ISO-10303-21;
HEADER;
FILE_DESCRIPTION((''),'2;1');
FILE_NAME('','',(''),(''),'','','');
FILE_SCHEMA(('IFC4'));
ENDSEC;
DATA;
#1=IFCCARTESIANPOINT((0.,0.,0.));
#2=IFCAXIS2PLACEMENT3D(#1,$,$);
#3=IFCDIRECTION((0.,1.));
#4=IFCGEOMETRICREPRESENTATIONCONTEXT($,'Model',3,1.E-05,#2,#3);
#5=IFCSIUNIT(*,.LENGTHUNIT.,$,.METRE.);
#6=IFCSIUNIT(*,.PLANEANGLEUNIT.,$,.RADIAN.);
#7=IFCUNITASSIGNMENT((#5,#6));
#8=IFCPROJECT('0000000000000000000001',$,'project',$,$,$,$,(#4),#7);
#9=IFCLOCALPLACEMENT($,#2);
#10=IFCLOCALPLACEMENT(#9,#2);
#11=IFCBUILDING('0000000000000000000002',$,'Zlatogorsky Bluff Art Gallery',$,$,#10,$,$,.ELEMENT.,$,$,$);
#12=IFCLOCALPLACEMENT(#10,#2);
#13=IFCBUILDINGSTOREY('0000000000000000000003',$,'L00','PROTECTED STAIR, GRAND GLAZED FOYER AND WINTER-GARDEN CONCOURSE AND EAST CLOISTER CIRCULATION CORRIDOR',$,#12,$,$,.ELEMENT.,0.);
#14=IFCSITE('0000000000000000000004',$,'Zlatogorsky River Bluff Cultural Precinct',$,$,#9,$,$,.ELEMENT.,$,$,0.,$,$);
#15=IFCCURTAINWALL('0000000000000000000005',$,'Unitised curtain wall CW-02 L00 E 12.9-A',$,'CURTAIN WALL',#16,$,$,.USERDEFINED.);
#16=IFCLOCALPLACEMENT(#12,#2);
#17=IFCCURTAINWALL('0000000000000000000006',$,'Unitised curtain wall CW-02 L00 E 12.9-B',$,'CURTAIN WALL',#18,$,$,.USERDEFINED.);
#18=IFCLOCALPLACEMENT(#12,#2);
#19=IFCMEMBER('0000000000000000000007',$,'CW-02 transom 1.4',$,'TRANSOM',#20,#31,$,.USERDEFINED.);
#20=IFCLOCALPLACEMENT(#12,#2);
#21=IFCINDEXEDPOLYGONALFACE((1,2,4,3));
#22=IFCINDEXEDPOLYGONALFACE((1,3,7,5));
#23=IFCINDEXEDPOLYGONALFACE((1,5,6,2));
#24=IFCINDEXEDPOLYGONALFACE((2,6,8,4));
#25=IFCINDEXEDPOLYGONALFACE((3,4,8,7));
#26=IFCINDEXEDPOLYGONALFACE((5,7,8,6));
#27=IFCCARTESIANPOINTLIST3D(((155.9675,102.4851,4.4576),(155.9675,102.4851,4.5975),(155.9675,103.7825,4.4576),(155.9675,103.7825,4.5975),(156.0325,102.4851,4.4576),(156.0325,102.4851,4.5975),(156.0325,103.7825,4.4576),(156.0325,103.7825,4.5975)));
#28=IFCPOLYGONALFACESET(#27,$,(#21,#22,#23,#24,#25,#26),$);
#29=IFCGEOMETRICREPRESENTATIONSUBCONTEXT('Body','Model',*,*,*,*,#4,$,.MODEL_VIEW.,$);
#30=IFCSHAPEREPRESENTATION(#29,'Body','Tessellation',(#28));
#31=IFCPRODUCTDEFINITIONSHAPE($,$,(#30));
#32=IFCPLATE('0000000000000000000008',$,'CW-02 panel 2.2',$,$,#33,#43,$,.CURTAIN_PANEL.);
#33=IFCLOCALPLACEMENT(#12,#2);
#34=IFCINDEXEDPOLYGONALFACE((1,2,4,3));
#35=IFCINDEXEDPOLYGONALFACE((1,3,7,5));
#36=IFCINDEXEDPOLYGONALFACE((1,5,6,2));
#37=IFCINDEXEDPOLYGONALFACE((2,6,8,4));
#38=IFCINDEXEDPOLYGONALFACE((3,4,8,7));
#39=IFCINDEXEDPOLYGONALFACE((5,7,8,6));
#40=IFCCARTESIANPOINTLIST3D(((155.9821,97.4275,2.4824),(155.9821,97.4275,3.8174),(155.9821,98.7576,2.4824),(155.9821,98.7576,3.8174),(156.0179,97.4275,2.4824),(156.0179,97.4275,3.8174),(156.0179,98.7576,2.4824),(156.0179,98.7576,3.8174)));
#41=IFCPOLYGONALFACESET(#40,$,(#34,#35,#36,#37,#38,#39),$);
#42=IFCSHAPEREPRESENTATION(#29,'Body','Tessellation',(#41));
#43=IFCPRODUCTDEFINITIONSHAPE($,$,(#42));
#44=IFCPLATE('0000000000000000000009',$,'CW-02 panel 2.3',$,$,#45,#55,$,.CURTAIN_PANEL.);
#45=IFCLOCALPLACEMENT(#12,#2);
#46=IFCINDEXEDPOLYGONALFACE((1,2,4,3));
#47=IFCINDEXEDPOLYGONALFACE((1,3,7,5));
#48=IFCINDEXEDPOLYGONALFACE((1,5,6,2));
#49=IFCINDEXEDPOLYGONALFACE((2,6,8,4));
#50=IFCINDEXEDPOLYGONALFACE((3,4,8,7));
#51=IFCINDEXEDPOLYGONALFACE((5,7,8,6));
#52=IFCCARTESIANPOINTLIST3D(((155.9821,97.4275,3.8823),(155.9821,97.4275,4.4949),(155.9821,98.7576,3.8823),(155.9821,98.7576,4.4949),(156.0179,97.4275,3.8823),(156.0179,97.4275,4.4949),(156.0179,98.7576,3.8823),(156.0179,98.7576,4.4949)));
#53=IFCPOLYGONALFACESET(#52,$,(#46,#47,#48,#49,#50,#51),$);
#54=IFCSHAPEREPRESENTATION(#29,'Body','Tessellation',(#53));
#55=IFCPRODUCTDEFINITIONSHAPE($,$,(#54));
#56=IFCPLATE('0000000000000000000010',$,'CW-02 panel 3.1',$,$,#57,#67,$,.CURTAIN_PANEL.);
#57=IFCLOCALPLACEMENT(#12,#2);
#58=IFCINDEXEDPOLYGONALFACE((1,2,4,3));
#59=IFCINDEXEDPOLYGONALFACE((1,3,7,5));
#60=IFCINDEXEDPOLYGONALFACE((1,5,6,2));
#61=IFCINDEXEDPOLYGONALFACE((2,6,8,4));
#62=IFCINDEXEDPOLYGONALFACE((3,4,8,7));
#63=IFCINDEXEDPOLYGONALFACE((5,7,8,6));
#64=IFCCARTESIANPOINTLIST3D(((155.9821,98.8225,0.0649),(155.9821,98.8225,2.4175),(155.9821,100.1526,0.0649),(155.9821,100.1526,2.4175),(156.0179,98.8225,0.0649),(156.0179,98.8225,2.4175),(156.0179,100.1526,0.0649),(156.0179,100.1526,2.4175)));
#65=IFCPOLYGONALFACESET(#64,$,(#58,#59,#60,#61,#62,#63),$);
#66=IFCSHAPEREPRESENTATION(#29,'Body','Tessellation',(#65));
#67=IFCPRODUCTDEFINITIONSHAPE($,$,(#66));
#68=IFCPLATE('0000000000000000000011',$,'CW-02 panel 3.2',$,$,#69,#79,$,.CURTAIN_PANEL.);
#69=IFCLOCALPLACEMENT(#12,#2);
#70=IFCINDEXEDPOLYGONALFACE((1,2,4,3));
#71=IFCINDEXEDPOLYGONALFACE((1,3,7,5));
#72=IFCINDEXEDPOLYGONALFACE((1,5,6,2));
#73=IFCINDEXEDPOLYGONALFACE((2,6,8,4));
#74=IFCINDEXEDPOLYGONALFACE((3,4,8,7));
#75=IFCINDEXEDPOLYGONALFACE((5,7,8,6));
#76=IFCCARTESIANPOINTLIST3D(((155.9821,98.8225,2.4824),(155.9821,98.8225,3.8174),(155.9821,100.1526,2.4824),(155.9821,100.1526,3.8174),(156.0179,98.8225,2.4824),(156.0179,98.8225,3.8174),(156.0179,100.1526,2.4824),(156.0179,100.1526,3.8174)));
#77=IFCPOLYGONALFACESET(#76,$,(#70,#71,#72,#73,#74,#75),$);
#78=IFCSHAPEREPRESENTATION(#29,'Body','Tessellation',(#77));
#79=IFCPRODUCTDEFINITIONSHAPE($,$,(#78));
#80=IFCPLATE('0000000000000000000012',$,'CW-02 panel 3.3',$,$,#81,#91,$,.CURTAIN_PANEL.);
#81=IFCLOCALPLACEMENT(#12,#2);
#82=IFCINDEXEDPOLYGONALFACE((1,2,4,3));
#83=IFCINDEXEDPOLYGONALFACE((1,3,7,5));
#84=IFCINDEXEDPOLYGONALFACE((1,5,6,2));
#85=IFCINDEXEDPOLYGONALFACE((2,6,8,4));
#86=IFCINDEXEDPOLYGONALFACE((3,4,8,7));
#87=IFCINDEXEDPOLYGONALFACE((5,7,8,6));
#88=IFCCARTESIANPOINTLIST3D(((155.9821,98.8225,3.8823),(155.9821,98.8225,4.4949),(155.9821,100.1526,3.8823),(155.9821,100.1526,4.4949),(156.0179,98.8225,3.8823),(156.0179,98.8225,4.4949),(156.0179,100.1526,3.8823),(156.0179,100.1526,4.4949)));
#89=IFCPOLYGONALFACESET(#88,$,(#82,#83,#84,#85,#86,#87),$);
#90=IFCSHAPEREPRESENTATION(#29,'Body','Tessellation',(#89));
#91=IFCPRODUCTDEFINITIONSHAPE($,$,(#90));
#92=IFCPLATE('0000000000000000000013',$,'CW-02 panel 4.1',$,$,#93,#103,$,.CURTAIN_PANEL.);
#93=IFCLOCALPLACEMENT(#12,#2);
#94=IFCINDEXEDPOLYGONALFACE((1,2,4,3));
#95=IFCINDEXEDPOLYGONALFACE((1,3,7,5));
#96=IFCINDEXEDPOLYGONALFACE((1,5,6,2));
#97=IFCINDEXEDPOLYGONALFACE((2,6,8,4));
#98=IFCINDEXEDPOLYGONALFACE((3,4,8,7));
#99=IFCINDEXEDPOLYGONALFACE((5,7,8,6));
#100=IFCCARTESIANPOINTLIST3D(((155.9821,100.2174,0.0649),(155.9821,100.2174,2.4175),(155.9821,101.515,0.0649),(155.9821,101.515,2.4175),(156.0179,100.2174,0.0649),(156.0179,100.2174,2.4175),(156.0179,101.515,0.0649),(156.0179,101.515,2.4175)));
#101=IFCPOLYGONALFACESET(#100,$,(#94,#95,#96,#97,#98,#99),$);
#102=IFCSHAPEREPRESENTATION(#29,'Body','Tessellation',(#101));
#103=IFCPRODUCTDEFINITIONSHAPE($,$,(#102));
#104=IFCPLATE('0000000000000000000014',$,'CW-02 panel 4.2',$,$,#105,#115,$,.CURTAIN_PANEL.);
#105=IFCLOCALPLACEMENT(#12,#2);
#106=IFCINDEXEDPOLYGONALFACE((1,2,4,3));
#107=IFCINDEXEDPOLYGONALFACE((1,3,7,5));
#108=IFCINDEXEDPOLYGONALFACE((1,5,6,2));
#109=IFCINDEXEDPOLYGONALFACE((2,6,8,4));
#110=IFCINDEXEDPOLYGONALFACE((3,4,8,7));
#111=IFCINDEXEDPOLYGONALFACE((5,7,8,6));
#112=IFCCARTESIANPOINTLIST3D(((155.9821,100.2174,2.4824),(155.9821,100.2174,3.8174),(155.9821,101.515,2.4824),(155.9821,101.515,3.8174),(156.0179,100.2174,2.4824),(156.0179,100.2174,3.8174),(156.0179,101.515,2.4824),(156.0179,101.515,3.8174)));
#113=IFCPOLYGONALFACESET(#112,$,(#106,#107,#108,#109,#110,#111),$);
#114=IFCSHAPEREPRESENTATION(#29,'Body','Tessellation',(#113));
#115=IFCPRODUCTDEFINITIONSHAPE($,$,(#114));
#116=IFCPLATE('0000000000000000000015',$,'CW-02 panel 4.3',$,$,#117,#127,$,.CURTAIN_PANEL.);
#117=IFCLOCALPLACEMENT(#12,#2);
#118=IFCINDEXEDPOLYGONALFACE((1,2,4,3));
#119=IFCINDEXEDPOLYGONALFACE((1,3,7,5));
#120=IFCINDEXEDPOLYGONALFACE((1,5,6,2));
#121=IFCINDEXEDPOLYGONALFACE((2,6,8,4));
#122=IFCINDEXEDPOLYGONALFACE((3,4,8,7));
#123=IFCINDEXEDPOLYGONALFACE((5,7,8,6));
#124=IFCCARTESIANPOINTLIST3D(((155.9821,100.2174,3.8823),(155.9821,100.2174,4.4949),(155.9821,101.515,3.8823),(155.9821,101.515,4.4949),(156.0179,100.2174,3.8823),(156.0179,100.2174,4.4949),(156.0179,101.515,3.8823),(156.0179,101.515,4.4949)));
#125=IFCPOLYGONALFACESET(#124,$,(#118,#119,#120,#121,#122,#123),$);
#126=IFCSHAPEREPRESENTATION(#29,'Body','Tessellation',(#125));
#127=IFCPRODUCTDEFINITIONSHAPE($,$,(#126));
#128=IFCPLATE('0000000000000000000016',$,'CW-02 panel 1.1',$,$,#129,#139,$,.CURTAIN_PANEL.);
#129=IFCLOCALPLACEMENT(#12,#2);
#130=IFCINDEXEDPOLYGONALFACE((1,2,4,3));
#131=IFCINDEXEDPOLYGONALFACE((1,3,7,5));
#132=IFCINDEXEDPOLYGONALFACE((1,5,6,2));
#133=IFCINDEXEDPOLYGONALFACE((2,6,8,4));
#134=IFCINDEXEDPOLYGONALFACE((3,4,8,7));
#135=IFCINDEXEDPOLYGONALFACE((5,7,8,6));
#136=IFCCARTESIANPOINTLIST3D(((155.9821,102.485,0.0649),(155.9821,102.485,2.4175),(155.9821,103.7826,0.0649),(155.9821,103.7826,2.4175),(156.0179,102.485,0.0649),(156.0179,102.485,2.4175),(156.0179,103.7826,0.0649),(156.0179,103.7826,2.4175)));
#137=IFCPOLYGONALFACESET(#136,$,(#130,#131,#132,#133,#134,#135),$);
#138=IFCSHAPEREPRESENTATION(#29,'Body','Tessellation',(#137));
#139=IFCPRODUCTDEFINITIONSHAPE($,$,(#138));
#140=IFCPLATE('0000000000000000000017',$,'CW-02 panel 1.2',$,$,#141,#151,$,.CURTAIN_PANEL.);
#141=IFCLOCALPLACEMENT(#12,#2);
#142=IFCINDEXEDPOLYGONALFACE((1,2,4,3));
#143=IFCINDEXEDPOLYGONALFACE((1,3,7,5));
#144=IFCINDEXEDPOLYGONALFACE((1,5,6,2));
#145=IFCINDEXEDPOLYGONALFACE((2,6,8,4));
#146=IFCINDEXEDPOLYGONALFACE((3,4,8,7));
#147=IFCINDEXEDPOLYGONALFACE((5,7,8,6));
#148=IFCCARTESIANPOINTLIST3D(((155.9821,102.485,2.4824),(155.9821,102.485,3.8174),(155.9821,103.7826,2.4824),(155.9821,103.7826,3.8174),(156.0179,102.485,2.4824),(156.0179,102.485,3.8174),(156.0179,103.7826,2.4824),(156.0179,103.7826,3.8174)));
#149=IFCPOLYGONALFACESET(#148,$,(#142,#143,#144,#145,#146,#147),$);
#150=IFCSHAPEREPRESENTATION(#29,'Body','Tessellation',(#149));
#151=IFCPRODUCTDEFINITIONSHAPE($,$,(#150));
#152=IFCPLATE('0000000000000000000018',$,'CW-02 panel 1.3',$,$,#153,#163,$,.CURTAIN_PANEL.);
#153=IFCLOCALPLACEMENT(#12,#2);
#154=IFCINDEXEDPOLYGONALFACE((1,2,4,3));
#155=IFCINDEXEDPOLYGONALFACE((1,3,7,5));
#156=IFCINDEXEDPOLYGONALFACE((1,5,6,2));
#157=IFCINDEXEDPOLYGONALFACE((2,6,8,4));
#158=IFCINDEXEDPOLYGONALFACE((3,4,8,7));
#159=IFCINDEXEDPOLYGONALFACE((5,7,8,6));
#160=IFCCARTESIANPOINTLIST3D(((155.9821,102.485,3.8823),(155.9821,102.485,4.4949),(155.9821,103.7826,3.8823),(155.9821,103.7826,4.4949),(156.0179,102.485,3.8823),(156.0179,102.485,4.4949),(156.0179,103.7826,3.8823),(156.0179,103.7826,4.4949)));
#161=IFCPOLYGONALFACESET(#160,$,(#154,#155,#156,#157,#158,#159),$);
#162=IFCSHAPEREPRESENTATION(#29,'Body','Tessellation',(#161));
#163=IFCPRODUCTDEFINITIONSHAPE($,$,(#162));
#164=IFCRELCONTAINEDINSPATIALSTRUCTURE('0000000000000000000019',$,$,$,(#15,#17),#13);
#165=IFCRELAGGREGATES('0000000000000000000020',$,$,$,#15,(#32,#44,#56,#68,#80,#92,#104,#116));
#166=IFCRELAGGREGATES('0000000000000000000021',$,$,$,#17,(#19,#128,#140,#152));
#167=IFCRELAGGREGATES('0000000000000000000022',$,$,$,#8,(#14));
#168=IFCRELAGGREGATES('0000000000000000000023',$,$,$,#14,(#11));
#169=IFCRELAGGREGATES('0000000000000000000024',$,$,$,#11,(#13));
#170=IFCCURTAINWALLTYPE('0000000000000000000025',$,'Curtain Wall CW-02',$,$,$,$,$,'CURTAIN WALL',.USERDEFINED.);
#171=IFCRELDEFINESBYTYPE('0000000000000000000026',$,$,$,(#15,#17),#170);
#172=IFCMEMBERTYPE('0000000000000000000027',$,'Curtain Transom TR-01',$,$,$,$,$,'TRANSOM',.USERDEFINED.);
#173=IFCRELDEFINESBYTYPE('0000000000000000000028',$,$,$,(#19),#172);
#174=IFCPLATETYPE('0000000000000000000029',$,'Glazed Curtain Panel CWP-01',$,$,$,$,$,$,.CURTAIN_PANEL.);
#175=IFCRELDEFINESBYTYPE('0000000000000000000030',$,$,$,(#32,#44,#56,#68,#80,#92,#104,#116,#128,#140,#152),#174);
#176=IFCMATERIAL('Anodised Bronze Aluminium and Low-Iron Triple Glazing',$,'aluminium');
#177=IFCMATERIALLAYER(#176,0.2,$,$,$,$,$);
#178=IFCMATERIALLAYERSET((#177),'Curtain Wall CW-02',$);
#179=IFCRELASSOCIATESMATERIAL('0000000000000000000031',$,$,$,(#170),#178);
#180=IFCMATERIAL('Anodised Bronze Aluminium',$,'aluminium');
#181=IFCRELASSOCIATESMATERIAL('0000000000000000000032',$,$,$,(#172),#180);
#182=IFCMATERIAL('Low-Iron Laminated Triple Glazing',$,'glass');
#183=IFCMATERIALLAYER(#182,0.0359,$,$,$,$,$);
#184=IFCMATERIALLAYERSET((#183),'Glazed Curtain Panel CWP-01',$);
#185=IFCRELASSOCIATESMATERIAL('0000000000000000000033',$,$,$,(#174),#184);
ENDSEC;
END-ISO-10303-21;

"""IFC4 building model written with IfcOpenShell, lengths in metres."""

from ifc_helpers import new_model, si_unit, direction, frame, origin, origin_2d, place, context, subcontext, project, spatial, rectangle, extrude, material, layer, layer_set, material_profile, profile_set, type_object, element, aggregate, save


model = new_model("IFC4")

# Units and contexts
model_context = context("Model", 3, precision=1e-05, world=origin(), true_north=direction((0.0, 1.0)))
body_context = subcontext(model_context, "Body", "Model", "MODEL_VIEW")
ifc_project = project(units=[si_unit("LENGTHUNIT", "METRE"), si_unit("PLANEANGLEUNIT", "RADIAN")], contexts=[model_context])

# Site, building, storey
site_placement = place(None, origin())
site = spatial("IfcSite", under=ifc_project, at=site_placement, Name="Zlatogorsky River Bluff Cultural Precinct", CompositionType="ELEMENT", RefElevation=0.0)
building_placement = place(site_placement, origin())
building = spatial("IfcBuilding", under=site, at=building_placement, Name="Zlatogorsky Bluff Art Gallery", CompositionType="ELEMENT")
storey_placement = place(building_placement, origin())
storey = spatial("IfcBuildingStorey", under=building, at=storey_placement, Name="L00", Description="PROTECTED STAIR, GRAND GLAZED FOYER AND WINTER-GARDEN CONCOURSE AND EAST CLOISTER CIRCULATION CORRIDOR", CompositionType="ELEMENT", Elevation=0.0)

# Curtain wall
ifc_material_1 = material(Name="Anodised Bronze Aluminium and Low-Iron Triple Glazing", Category="aluminium")
ifc_layer_1 = layer(ifc_material_1, 0.2)
ifc_layer_set_1 = layer_set([ifc_layer_1], Name="Curtain Wall CW-02")
curtain_wall_type = type_object("IfcCurtainWallType", Name="Curtain Wall CW-02", ElementType="CURTAIN WALL", PredefinedType="USERDEFINED", material=ifc_layer_set_1)
curtain_wall_1_placement = place(storey_placement, origin())
curtain_wall_1 = element("IfcCurtainWall", 1, at=curtain_wall_1_placement, inside=storey, type_object=curtain_wall_type, Name="Unitised curtain wall CW-02 L00 E 12.9-A", ObjectType="CURTAIN WALL", PredefinedType="USERDEFINED")
ifc_material_2 = material(Name="Anodised Bronze Aluminium", Category="aluminium")

# Curtain wall
curtain_wall_2_placement = place(storey_placement, origin())
curtain_wall_2 = element("IfcCurtainWall", 2, at=curtain_wall_2_placement, inside=storey, type_object=curtain_wall_type, Name="Unitised curtain wall CW-02 L00 E 12.9-B", ObjectType="CURTAIN WALL", PredefinedType="USERDEFINED")

# Member
ifc_material_profile_1 = material_profile(ifc_material_2, rectangle(XDim=0.0649, YDim=0.1399, at=origin_2d()), Name="ALU TRANSOM 65x140")
ifc_profile_set_1 = profile_set([ifc_material_profile_1], Name="Anodised Bronze Aluminium")
member_type_1 = type_object("IfcMemberType", Name="Curtain Transom TR-01", ElementType="TRANSOM", PredefinedType="USERDEFINED", material=ifc_profile_set_1)
member_1_placement = place(storey_placement, frame((156.0, 102.4851, 4.5276), z_axis=(0.0, 1.0, 0.0), x_axis=(-1.0, 0.0, 0.0)))
member_1 = element("IfcMember", 3, at=member_1_placement, type_object=member_type_1, Name="CW-02 transom 1.4", ObjectType="TRANSOM", PredefinedType="USERDEFINED", context=body_context, shape_type="SweptSolid", body=[
    extrude(rectangle(XDim=0.0649, YDim=0.1399, at=origin_2d()), origin(), (0.0, 0.0, 1.0), 1.2974),
])

# Plates
ifc_material_3 = material(Name="Low-Iron Laminated Triple Glazing", Category="glass")
ifc_layer_2 = layer(ifc_material_3, 0.0359)
ifc_layer_set_2 = layer_set([ifc_layer_2], Name="Glazed Curtain Panel CWP-01")
plate_type = type_object("IfcPlateType", Name="Glazed Curtain Panel CWP-01", PredefinedType="CURTAIN_PANEL", material=ifc_layer_set_2)
plate_1_placement = place(storey_placement, frame((156.0, 98.0925, 2.4824), z_axis=(0.0, 0.0, 1.0), x_axis=(0.0, 1.0, 0.0)))
plate_1 = element("IfcPlate", 4, at=plate_1_placement, type_object=plate_type, Name="CW-02 panel 2.2", PredefinedType="CURTAIN_PANEL", context=body_context, shape_type="SweptSolid", body=[
    extrude(rectangle(XDim=1.3301, YDim=0.0359, at=origin_2d()), origin(), (0.0, 0.0, 1.0), 1.335),
])
plate_2_placement = place(storey_placement, frame((156.0, 98.0925, 3.8823), z_axis=(0.0, 0.0, 1.0), x_axis=(0.0, 1.0, 0.0)))
plate_2 = element("IfcPlate", 5, at=plate_2_placement, type_object=plate_type, Name="CW-02 panel 2.3", PredefinedType="CURTAIN_PANEL", context=body_context, shape_type="SweptSolid", body=[
    extrude(rectangle(XDim=1.3301, YDim=0.0359, at=origin_2d()), origin(), (0.0, 0.0, 1.0), 0.6125),
])
plate_3_placement = place(storey_placement, frame((156.0, 99.4875, 0.0649), z_axis=(0.0, 0.0, 1.0), x_axis=(0.0, 1.0, 0.0)))
plate_3 = element("IfcPlate", 6, at=plate_3_placement, type_object=plate_type, Name="CW-02 panel 3.1", PredefinedType="CURTAIN_PANEL", context=body_context, shape_type="SweptSolid", body=[
    extrude(rectangle(XDim=1.3301, YDim=0.0359, at=origin_2d()), origin(), (0.0, 0.0, 1.0), 2.3525),
])
plate_4_placement = place(storey_placement, frame((156.0, 99.4875, 2.4824), z_axis=(0.0, 0.0, 1.0), x_axis=(0.0, 1.0, 0.0)))
plate_4 = element("IfcPlate", 7, at=plate_4_placement, type_object=plate_type, Name="CW-02 panel 3.2", PredefinedType="CURTAIN_PANEL", context=body_context, shape_type="SweptSolid", body=[
    extrude(rectangle(XDim=1.3301, YDim=0.0359, at=origin_2d()), origin(), (0.0, 0.0, 1.0), 1.335),
])
plate_5_placement = place(storey_placement, frame((156.0, 99.4875, 3.8823), z_axis=(0.0, 0.0, 1.0), x_axis=(0.0, 1.0, 0.0)))
plate_5 = element("IfcPlate", 8, at=plate_5_placement, type_object=plate_type, Name="CW-02 panel 3.3", PredefinedType="CURTAIN_PANEL", context=body_context, shape_type="SweptSolid", body=[
    extrude(rectangle(XDim=1.3301, YDim=0.0359, at=origin_2d()), origin(), (0.0, 0.0, 1.0), 0.6125),
])
plate_6_placement = place(storey_placement, frame((156.0, 100.8662, 0.0649), z_axis=(0.0, 0.0, 1.0), x_axis=(0.0, 1.0, 0.0)))
plate_6 = element("IfcPlate", 9, at=plate_6_placement, type_object=plate_type, Name="CW-02 panel 4.1", PredefinedType="CURTAIN_PANEL", context=body_context, shape_type="SweptSolid", body=[
    extrude(rectangle(XDim=1.2976, YDim=0.0359, at=origin_2d()), origin(), (0.0, 0.0, 1.0), 2.3525),
])
plate_7_placement = place(storey_placement, frame((156.0, 100.8662, 2.4824), z_axis=(0.0, 0.0, 1.0), x_axis=(0.0, 1.0, 0.0)))
plate_7 = element("IfcPlate", 10, at=plate_7_placement, type_object=plate_type, Name="CW-02 panel 4.2", PredefinedType="CURTAIN_PANEL", context=body_context, shape_type="SweptSolid", body=[
    extrude(rectangle(XDim=1.2976, YDim=0.0359, at=origin_2d()), origin(), (0.0, 0.0, 1.0), 1.335),
])
plate_8_placement = place(storey_placement, frame((156.0, 100.8662, 3.8823), z_axis=(0.0, 0.0, 1.0), x_axis=(0.0, 1.0, 0.0)))
plate_8 = element("IfcPlate", 11, at=plate_8_placement, type_object=plate_type, Name="CW-02 panel 4.3", PredefinedType="CURTAIN_PANEL", context=body_context, shape_type="SweptSolid", body=[
    extrude(rectangle(XDim=1.2976, YDim=0.0359, at=origin_2d()), origin(), (0.0, 0.0, 1.0), 0.6125),
])
aggregate(curtain_wall_1, [plate_1, plate_2, plate_3, plate_4, plate_5, plate_6, plate_7, plate_8])
plate_9_placement = place(storey_placement, frame((156.0, 103.1338, 0.0649), z_axis=(0.0, 0.0, 1.0), x_axis=(0.0, 1.0, 0.0)))
plate_9 = element("IfcPlate", 12, at=plate_9_placement, type_object=plate_type, Name="CW-02 panel 1.1", PredefinedType="CURTAIN_PANEL", context=body_context, shape_type="SweptSolid", body=[
    extrude(rectangle(XDim=1.2976, YDim=0.0359, at=origin_2d()), origin(), (0.0, 0.0, 1.0), 2.3525),
])
plate_10_placement = place(storey_placement, frame((156.0, 103.1338, 2.4824), z_axis=(0.0, 0.0, 1.0), x_axis=(0.0, 1.0, 0.0)))
plate_10 = element("IfcPlate", 13, at=plate_10_placement, type_object=plate_type, Name="CW-02 panel 1.2", PredefinedType="CURTAIN_PANEL", context=body_context, shape_type="SweptSolid", body=[
    extrude(rectangle(XDim=1.2976, YDim=0.0359, at=origin_2d()), origin(), (0.0, 0.0, 1.0), 1.335),
])
plate_11_placement = place(storey_placement, frame((156.0, 103.1338, 3.8823), z_axis=(0.0, 0.0, 1.0), x_axis=(0.0, 1.0, 0.0)))
plate_11 = element("IfcPlate", 14, at=plate_11_placement, type_object=plate_type, Name="CW-02 panel 1.3", PredefinedType="CURTAIN_PANEL", context=body_context, shape_type="SweptSolid", body=[
    extrude(rectangle(XDim=1.2976, YDim=0.0359, at=origin_2d()), origin(), (0.0, 0.0, 1.0), 0.6125),
])
aggregate(curtain_wall_2, [member_1, plate_9, plate_10, plate_11])

save(model, "model.ifc")
